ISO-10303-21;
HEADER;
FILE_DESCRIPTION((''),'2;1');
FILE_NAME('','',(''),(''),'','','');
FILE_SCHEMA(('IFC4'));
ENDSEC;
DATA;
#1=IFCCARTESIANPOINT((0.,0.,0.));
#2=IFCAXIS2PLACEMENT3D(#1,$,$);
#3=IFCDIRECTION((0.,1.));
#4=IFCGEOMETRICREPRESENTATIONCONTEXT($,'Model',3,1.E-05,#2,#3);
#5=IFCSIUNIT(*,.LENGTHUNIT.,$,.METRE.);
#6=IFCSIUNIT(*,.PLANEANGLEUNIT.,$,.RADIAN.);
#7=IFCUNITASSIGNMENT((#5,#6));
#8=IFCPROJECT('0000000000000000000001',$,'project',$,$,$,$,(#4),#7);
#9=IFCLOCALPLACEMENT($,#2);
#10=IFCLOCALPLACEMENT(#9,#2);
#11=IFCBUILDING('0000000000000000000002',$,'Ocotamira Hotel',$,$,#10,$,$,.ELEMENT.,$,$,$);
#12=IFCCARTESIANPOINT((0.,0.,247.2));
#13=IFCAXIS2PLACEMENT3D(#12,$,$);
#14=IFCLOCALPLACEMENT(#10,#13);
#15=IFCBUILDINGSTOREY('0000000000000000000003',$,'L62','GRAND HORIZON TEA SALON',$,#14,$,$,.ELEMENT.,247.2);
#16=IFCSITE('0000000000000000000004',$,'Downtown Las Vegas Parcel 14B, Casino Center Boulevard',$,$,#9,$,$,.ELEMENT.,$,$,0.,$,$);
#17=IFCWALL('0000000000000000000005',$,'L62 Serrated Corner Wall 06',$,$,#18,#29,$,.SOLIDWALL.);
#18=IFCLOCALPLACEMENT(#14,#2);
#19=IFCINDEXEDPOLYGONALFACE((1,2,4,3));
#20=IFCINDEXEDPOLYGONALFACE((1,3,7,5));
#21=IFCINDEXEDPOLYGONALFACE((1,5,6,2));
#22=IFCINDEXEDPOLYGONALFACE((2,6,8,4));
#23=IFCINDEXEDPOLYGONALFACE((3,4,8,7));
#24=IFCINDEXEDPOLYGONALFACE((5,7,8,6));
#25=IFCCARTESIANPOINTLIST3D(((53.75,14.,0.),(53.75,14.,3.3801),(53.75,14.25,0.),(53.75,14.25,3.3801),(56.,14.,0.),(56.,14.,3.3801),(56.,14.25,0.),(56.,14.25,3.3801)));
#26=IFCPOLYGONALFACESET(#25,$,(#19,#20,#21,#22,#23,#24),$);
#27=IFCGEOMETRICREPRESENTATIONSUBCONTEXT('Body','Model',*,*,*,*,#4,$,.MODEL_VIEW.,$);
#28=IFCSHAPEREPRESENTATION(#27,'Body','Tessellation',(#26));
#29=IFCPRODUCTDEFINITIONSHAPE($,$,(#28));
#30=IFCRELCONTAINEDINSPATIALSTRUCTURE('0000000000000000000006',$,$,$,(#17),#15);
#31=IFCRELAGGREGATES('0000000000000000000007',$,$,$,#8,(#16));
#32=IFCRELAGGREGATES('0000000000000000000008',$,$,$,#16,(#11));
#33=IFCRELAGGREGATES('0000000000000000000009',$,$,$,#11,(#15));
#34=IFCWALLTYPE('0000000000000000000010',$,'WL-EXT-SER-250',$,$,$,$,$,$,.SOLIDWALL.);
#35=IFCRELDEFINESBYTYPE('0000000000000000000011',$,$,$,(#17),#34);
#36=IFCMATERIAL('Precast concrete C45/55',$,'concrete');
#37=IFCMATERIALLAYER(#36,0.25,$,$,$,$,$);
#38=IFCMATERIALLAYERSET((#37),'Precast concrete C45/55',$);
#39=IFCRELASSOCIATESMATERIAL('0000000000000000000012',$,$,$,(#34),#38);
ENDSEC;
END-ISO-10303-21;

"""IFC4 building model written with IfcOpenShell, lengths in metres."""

from ifc_helpers import new_model, si_unit, direction, frame, frame_2d, origin, place, context, subcontext, project, spatial, rectangle, extrude, material, layer, layer_set, type_object, element, save


model = new_model("IFC4")

# Units and contexts
model_context = context("Model", 3, precision=1e-05, world=origin(), true_north=direction((0.0, 1.0)))
body_context = subcontext(model_context, "Body", "Model", "MODEL_VIEW")
ifc_project = project(units=[si_unit("LENGTHUNIT", "METRE"), si_unit("PLANEANGLEUNIT", "RADIAN")], contexts=[model_context])

# Site, building, storey
site_placement = place(None, origin())
site = spatial("IfcSite", under=ifc_project, at=site_placement, Name="Downtown Las Vegas Parcel 14B, Casino Center Boulevard", CompositionType="ELEMENT", RefElevation=0.0)
building_placement = place(site_placement, origin())
building = spatial("IfcBuilding", under=site, at=building_placement, Name="Ocotamira Hotel", CompositionType="ELEMENT")
storey_placement = place(building_placement, frame((0.0, 0.0, 247.2)))
storey = spatial("IfcBuildingStorey", under=building, at=storey_placement, Name="L62", Description="GRAND HORIZON TEA SALON", CompositionType="ELEMENT", Elevation=247.2)

# Shared definitions
ifc_material_1 = material(Name="Precast concrete C45/55", Category="concrete")
ifc_layer_1 = layer(ifc_material_1, 0.25)
ifc_layer_set_1 = layer_set([ifc_layer_1], Name="Precast concrete C45/55")
wall_type_1 = type_object("IfcWallType", Name="WL-EXT-SER-250", PredefinedType="SOLIDWALL", material=ifc_layer_set_1)

# Wall
wall_1_placement = place(storey_placement, frame((53.75, 14.125, 0.0), z_axis=(0.0, 0.0, 1.0), x_axis=(1.0, 0.0, 0.0)))
element("IfcWall", 1, at=wall_1_placement, inside=storey, type_object=wall_type_1, Name="L62 Serrated Corner Wall 06", PredefinedType="SOLIDWALL", context=body_context, shape_type="SweptSolid", body=[
    extrude(rectangle(XDim=2.25, YDim=0.25, at=frame_2d((1.125, 0.0))), origin(), (0.0, 0.0, 1.0), 3.3801),
])

save(model, "model.ifc")
